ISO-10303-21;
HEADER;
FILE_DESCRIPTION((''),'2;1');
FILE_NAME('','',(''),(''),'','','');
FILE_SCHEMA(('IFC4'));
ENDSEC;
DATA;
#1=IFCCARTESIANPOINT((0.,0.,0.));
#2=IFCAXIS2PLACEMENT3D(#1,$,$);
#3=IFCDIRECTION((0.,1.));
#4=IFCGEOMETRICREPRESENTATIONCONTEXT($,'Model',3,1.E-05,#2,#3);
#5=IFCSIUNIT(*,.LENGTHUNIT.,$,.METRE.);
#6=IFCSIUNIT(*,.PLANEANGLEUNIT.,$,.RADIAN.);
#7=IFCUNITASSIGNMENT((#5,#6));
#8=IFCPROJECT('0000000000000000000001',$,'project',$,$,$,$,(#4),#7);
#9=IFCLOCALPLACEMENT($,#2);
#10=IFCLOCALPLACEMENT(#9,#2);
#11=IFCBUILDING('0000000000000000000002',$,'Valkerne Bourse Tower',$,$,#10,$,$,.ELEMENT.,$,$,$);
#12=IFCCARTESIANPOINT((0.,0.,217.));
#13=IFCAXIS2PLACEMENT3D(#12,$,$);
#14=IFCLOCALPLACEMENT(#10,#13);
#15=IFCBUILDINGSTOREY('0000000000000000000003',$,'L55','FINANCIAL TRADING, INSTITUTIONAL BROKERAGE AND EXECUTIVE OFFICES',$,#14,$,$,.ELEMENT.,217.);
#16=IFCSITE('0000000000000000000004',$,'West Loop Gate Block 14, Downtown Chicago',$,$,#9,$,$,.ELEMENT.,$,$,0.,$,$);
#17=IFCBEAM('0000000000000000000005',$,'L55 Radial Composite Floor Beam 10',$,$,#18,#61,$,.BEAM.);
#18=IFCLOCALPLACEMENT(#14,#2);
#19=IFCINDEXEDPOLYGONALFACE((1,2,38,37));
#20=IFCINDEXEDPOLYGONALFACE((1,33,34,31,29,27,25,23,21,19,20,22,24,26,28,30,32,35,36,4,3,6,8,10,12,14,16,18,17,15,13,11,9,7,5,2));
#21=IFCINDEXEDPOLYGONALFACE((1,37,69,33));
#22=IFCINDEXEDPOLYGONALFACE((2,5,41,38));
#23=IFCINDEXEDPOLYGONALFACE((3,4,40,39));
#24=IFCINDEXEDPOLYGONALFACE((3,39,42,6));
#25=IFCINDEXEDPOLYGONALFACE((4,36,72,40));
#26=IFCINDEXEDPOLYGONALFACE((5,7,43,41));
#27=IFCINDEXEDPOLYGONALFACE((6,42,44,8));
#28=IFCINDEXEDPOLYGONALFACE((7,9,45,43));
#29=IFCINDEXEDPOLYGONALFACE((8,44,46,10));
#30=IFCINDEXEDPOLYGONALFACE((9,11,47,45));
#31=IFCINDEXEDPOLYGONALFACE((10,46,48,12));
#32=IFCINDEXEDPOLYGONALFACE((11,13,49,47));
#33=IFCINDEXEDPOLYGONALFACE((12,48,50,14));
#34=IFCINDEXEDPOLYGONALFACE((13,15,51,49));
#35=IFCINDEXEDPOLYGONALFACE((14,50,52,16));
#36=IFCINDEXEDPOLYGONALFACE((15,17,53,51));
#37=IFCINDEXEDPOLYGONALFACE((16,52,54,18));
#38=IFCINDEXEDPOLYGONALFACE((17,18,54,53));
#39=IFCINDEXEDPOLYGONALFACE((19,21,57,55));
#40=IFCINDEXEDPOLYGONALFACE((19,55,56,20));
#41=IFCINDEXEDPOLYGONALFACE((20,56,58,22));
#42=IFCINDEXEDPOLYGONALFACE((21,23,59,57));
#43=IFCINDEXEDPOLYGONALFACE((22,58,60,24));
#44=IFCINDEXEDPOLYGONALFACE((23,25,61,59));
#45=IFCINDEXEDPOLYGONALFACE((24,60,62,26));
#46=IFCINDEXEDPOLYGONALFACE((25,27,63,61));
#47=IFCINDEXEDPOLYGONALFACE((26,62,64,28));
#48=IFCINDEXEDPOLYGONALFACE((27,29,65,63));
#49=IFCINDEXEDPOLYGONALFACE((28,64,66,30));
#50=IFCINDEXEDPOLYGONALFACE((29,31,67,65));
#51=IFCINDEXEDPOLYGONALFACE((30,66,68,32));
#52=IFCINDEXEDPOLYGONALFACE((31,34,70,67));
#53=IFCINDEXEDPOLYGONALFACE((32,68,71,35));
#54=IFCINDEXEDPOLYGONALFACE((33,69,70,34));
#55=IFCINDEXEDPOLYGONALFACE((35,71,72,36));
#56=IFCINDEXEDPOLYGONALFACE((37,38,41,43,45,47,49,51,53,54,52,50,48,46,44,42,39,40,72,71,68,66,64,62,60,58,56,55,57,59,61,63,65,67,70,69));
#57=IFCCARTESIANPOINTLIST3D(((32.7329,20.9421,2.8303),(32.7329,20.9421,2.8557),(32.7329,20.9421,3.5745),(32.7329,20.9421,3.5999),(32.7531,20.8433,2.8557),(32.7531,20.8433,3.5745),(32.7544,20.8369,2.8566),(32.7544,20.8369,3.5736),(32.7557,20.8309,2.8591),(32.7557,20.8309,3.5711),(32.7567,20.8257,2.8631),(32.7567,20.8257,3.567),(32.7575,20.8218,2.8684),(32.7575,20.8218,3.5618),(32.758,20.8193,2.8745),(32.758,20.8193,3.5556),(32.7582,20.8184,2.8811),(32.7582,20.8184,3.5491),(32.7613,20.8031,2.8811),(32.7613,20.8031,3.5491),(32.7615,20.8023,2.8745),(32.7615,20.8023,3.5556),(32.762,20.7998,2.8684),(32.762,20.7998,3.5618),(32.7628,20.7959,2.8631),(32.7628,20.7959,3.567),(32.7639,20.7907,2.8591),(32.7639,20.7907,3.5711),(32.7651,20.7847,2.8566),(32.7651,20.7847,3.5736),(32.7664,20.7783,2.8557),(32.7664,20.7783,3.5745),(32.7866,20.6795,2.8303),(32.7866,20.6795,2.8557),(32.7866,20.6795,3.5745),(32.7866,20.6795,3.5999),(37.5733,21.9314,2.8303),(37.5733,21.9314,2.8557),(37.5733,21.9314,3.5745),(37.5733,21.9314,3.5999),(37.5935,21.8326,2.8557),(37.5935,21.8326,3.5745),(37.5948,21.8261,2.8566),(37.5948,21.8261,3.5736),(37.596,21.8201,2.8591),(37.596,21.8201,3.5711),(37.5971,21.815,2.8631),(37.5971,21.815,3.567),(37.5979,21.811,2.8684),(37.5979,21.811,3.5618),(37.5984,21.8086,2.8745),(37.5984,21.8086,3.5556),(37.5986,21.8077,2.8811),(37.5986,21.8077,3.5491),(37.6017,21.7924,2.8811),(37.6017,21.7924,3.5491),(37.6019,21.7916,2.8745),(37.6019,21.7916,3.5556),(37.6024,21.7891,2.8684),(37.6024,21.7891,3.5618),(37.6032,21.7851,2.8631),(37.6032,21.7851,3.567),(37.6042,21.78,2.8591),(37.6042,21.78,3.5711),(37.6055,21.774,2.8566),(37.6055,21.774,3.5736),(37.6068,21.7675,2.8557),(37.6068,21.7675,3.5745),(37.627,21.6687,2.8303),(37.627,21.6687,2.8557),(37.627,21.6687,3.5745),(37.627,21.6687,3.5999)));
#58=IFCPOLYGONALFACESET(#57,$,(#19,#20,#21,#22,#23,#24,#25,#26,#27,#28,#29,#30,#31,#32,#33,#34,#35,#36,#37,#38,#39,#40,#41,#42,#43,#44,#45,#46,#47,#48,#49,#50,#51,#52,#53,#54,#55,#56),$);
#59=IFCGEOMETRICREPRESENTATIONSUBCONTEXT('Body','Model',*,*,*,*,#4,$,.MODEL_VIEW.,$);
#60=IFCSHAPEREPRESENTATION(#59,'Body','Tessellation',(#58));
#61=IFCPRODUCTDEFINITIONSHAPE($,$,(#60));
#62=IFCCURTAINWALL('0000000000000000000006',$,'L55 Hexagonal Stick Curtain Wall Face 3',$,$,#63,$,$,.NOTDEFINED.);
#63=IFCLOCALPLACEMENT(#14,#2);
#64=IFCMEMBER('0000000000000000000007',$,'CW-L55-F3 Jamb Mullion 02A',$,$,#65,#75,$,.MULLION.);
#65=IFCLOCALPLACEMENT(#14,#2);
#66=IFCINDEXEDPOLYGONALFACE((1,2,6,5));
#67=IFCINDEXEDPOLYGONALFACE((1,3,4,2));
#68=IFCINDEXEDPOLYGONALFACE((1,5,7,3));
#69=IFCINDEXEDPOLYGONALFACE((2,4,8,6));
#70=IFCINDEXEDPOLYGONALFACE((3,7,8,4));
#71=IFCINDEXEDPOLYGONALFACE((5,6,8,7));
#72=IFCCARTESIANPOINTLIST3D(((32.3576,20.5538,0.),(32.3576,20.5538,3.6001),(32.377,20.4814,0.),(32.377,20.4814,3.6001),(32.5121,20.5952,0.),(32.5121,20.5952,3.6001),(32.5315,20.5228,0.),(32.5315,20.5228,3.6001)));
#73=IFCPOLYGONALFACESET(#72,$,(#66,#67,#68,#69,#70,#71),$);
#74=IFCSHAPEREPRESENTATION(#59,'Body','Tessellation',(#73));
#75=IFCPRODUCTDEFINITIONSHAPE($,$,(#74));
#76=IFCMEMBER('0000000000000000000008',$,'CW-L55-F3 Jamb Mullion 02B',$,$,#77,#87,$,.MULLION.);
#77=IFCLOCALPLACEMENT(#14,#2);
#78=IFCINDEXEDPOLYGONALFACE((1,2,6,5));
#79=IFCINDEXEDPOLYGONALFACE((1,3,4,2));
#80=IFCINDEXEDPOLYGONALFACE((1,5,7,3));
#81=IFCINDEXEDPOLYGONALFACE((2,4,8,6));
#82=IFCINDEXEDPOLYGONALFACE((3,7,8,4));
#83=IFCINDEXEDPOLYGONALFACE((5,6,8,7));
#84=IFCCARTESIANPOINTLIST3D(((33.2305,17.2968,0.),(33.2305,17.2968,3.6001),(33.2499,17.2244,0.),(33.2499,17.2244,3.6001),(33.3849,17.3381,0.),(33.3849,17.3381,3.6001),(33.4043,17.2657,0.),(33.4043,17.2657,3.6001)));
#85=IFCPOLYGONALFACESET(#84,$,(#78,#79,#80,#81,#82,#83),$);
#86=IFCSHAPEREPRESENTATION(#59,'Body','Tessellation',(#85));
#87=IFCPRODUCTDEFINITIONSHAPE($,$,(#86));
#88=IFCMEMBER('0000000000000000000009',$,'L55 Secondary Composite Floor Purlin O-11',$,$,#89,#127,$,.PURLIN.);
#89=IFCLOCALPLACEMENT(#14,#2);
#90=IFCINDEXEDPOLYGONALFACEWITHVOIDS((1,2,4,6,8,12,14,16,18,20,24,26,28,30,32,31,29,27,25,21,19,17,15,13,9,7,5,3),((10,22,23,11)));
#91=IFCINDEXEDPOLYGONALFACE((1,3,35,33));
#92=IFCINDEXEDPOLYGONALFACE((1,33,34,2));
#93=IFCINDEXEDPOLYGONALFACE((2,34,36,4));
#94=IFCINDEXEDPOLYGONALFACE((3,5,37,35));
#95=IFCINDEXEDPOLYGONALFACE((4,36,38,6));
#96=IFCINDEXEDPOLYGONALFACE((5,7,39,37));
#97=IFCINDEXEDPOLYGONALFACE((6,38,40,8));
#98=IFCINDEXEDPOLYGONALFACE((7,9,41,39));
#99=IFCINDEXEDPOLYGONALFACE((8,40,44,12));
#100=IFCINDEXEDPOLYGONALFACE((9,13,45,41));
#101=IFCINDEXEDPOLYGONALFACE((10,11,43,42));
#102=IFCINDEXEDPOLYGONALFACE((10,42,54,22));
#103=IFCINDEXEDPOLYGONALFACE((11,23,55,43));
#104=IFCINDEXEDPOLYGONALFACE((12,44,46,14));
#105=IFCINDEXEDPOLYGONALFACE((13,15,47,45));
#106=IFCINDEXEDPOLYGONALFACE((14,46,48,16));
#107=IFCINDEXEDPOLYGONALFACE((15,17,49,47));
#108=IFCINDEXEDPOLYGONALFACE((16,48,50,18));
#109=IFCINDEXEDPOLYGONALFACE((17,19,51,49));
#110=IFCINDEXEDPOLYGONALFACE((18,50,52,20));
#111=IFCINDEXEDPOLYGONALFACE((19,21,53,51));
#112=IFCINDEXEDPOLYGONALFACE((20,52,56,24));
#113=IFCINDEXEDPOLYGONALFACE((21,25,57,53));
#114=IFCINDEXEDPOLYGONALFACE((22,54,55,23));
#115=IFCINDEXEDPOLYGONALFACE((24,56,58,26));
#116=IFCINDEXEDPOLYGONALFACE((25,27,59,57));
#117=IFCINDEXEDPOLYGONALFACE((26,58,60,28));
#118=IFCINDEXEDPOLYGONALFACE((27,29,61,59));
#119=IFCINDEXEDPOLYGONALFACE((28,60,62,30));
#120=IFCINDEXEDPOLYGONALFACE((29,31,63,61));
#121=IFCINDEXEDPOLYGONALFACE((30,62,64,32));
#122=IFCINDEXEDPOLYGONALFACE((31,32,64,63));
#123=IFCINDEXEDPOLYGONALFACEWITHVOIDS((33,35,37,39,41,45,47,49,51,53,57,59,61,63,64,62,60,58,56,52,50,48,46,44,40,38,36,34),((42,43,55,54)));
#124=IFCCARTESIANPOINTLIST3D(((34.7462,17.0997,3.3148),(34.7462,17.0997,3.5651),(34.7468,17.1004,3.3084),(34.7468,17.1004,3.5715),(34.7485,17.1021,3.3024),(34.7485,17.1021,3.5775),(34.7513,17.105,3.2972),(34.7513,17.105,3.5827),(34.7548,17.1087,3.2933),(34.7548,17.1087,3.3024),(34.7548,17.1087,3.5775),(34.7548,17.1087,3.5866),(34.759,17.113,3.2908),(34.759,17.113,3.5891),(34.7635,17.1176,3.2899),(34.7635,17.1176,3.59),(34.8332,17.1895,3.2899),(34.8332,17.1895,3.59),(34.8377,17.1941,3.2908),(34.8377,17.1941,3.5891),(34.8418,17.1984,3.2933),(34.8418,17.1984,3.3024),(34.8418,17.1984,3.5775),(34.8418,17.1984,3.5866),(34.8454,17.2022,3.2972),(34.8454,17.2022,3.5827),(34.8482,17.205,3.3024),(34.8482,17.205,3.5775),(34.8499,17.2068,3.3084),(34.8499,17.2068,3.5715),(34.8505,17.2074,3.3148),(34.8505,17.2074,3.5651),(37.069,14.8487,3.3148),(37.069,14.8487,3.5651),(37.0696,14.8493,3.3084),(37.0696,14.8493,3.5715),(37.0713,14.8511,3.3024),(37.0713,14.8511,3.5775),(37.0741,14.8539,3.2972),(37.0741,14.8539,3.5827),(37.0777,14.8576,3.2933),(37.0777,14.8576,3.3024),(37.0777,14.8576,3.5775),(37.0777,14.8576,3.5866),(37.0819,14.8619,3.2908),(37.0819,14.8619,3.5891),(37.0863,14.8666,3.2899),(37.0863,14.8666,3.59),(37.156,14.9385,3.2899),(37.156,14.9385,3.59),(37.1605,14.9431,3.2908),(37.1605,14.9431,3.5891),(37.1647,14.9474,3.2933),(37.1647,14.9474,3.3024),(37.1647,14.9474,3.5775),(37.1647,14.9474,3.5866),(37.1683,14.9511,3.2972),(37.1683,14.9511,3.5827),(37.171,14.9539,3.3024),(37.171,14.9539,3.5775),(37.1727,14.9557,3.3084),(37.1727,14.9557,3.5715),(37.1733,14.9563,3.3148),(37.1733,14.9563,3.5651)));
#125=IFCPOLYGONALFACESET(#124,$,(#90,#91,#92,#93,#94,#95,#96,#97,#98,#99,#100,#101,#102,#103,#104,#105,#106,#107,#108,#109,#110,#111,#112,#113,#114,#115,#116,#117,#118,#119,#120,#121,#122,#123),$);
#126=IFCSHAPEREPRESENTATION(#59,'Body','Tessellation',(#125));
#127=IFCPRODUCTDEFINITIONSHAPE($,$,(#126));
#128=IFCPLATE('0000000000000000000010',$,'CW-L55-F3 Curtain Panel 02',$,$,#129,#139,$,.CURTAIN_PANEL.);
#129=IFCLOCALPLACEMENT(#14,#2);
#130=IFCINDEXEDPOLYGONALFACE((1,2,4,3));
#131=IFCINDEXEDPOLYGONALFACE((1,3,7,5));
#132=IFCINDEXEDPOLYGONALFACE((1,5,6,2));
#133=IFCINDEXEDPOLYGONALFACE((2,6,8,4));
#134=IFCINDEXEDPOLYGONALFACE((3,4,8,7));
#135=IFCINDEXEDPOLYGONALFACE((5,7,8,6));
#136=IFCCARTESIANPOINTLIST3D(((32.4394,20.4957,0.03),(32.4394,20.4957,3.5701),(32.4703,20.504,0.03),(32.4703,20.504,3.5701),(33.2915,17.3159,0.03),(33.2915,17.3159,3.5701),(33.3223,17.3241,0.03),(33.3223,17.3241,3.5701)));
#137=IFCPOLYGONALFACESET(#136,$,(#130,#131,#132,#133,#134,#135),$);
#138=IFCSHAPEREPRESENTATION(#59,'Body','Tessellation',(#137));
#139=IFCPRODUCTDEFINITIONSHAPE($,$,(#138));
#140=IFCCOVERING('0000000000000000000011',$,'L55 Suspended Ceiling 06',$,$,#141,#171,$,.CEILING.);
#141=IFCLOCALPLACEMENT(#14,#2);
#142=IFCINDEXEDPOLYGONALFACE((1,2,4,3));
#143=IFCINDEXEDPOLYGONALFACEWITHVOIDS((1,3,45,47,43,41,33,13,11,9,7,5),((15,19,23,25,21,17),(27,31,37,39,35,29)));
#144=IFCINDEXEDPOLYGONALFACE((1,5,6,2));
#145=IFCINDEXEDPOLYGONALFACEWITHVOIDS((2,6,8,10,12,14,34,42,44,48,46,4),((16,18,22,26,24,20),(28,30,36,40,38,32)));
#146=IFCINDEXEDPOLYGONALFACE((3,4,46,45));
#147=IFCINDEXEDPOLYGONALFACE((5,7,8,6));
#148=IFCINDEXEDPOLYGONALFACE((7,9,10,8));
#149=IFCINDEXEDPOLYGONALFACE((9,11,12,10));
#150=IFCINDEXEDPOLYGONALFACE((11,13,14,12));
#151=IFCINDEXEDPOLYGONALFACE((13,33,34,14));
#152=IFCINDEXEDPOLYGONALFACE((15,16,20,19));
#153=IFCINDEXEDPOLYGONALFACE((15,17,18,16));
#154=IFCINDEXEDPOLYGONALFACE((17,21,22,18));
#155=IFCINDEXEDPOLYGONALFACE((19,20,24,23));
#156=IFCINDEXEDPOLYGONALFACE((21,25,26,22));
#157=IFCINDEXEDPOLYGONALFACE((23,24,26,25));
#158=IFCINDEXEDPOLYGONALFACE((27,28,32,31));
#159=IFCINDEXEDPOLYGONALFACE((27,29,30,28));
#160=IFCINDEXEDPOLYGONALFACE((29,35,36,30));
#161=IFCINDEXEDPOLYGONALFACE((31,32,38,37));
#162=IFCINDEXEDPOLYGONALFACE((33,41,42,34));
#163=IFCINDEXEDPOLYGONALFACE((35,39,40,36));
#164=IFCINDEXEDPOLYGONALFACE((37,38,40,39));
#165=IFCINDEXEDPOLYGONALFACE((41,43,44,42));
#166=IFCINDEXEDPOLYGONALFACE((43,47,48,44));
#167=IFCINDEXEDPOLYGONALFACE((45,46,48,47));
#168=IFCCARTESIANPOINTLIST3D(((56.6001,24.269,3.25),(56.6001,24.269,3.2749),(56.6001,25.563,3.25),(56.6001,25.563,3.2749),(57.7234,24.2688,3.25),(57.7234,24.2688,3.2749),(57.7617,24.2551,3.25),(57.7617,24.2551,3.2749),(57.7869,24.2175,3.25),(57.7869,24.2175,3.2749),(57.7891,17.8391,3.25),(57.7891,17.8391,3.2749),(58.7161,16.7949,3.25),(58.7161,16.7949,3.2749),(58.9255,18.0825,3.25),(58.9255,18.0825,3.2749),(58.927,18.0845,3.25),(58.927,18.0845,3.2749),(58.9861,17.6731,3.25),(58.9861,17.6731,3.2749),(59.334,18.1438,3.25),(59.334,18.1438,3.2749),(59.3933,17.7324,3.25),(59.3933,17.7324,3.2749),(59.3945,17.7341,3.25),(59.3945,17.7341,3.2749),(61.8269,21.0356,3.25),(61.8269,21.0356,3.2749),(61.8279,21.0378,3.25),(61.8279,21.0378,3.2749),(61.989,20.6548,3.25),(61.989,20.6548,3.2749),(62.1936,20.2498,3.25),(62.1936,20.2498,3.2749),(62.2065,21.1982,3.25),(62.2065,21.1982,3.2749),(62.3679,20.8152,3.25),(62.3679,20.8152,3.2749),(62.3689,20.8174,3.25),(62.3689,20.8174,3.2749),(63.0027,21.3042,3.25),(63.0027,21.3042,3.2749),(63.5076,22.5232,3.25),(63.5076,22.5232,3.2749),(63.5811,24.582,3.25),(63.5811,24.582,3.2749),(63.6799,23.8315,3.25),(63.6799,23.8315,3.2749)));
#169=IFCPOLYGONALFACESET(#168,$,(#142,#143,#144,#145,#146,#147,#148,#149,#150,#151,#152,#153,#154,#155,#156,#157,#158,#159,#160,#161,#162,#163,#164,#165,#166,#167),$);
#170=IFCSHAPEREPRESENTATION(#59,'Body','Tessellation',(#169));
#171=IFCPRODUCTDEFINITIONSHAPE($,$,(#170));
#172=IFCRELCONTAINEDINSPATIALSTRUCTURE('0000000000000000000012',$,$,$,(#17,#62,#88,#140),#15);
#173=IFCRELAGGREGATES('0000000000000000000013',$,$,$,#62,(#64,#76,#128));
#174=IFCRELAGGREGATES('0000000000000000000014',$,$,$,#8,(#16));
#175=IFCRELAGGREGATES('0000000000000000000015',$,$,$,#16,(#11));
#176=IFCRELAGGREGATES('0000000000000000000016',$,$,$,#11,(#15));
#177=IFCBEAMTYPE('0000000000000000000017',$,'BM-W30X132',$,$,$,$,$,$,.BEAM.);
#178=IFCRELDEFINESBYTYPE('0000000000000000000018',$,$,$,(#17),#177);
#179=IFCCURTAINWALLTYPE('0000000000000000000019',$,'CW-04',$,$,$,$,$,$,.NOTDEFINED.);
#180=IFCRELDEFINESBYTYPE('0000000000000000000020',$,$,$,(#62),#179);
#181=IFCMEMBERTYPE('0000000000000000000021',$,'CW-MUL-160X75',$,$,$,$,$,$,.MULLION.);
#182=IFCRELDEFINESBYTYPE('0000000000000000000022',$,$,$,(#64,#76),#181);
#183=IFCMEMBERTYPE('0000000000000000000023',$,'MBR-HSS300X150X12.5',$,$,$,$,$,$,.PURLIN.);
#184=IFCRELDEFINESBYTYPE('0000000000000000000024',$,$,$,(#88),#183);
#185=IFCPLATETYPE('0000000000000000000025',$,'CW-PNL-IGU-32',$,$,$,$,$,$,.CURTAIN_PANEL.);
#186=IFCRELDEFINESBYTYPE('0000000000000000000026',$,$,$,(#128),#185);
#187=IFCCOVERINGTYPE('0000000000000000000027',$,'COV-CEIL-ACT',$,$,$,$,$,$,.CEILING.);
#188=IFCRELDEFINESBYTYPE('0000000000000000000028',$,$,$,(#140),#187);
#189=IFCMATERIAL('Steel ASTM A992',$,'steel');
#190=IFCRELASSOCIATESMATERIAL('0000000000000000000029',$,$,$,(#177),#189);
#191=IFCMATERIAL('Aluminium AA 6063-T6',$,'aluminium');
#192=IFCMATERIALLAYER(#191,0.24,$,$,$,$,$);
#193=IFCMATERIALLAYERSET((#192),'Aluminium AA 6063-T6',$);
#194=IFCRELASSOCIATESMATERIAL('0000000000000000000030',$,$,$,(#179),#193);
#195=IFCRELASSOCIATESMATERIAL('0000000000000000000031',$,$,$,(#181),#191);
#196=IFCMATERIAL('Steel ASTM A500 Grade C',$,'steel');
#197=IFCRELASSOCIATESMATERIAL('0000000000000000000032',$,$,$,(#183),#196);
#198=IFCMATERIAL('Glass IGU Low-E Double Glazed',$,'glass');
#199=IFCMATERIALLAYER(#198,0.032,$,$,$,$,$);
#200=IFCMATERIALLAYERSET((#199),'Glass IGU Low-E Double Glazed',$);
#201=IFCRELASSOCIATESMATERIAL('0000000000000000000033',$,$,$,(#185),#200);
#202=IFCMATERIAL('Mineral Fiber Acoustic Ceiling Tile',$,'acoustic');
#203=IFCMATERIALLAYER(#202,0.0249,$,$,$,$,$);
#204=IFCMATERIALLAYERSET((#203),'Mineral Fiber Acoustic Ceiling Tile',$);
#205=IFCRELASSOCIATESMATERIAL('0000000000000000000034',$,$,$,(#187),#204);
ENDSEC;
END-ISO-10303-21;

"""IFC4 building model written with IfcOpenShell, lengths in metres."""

from ifc_helpers import new_model, si_unit, direction, frame, origin, origin_2d, place, context, subcontext, project, spatial, polyline, rectangle, hollow_rectangle, i_section, outline, extrude, material, layer, layer_set, material_profile, profile_set, type_object, element, aggregate, save


model = new_model("IFC4")

# Units and contexts
model_context = context("Model", 3, precision=1e-05, world=origin(), true_north=direction((0.0, 1.0)))
body_context = subcontext(model_context, "Body", "Model", "MODEL_VIEW")
ifc_project = project(units=[si_unit("LENGTHUNIT", "METRE"), si_unit("PLANEANGLEUNIT", "RADIAN")], contexts=[model_context])

# Site, building, storey
site_placement = place(None, origin())
site = spatial("IfcSite", under=ifc_project, at=site_placement, Name="West Loop Gate Block 14, Downtown Chicago", CompositionType="ELEMENT", RefElevation=0.0)
building_placement = place(site_placement, origin())
building = spatial("IfcBuilding", under=site, at=building_placement, Name="Valkerne Bourse Tower", CompositionType="ELEMENT")
storey_placement = place(building_placement, frame((0.0, 0.0, 217.0)))
storey = spatial("IfcBuildingStorey", under=building, at=storey_placement, Name="L55", Description="FINANCIAL TRADING, INSTITUTIONAL BROKERAGE AND EXECUTIVE OFFICES", CompositionType="ELEMENT", Elevation=217.0)

# Beam
ifc_material_1 = material(Name="Steel ASTM A992", Category="steel")
ifc_material_profile_1 = material_profile(ifc_material_1, i_section(OverallWidth=0.2681, OverallDepth=0.7695, WebThickness=0.0156, FlangeThickness=0.0254, FilletRadius=0.0254, at=origin_2d()), Name="W30X132")
ifc_profile_set_1 = profile_set([ifc_material_profile_1], Name="Steel ASTM A992")
beam_type_1 = type_object("IfcBeamType", Name="BM-W30X132", PredefinedType="BEAM", material=ifc_profile_set_1)
beam_1_placement = place(storey_placement, frame((32.7598, 20.8108, 3.2151), z_axis=(0.979747, 0.200239, 0.0), x_axis=(-0.200239, 0.979747, 0.0)))
element("IfcBeam", 1, at=beam_1_placement, inside=storey, type_object=beam_type_1, Name="L55 Radial Composite Floor Beam 10", PredefinedType="BEAM", context=body_context, shape_type="SweptSolid", body=[
    extrude(i_section(OverallWidth=0.2681, OverallDepth=0.7695, WebThickness=0.0156, FlangeThickness=0.0254, FilletRadius=0.0254, at=origin_2d()), origin(), (0.0, 0.0, 1.0), 4.9404),
])

# Curtain wall, members
ifc_material_2 = material(Name="Aluminium AA 6063-T6", Category="aluminium")
ifc_layer_1 = layer(ifc_material_2, 0.24)
ifc_layer_set_1 = layer_set([ifc_layer_1], Name="Aluminium AA 6063-T6")
curtain_wall_type = type_object("IfcCurtainWallType", Name="CW-04", PredefinedType="NOTDEFINED", material=ifc_layer_set_1)
curtain_wall_placement = place(storey_placement, origin())
curtain_wall = element("IfcCurtainWall", 2, at=curtain_wall_placement, inside=storey, type_object=curtain_wall_type, Name="L55 Hexagonal Stick Curtain Wall Face 3", PredefinedType="NOTDEFINED")
ifc_material_profile_2 = material_profile(ifc_material_2, rectangle(XDim=0.075, YDim=0.1599, at=origin_2d()), Name="CWM-75X160")
ifc_profile_set_2 = profile_set([ifc_material_profile_2], Name="Aluminium AA 6063-T6")
member_type_1 = type_object("IfcMemberType", Name="CW-MUL-160X75", PredefinedType="MULLION", material=ifc_profile_set_2)
member_1_placement = place(storey_placement, frame((32.4446, 20.5383, 0.0), z_axis=(0.0, 0.0, 1.0), x_axis=(0.258836, -0.965921, 0.0)))
member_1 = element("IfcMember", 3, at=member_1_placement, type_object=member_type_1, Name="CW-L55-F3 Jamb Mullion 02A", PredefinedType="MULLION", context=body_context, shape_type="SweptSolid", body=[
    extrude(rectangle(XDim=0.075, YDim=0.1599, at=origin_2d()), origin(), (0.0, 0.0, 1.0), 3.6001),
])
member_2_placement = place(storey_placement, frame((33.3174, 17.2812, 0.0), z_axis=(0.0, 0.0, 1.0), x_axis=(0.258836, -0.965921, 0.0)))
member_2 = element("IfcMember", 4, at=member_2_placement, type_object=member_type_1, Name="CW-L55-F3 Jamb Mullion 02B", PredefinedType="MULLION", context=body_context, shape_type="SweptSolid", body=[
    extrude(rectangle(XDim=0.075, YDim=0.1599, at=origin_2d()), origin(), (0.0, 0.0, 1.0), 3.6001),
])

# Member
ifc_material_3 = material(Name="Steel ASTM A500 Grade C", Category="steel")
ifc_material_profile_3 = material_profile(ifc_material_3, hollow_rectangle(XDim=0.1499, YDim=0.3, WallThickness=0.0125, OuterFilletRadius=0.0249, at=origin_2d()), Name="HSS300X150X12.5")
ifc_profile_set_3 = profile_set([ifc_material_profile_3], Name="Steel ASTM A500 Grade C")
member_type_2 = type_object("IfcMemberType", Name="MBR-HSS300X150X12.5", PredefinedType="PURLIN", material=ifc_profile_set_3)
member_3_placement = place(storey_placement, frame((34.7983, 17.1536, 3.4399), z_axis=(0.718115, -0.695924, 0.0), x_axis=(0.695924, 0.718115, 0.0)))
element("IfcMember", 5, at=member_3_placement, inside=storey, type_object=member_type_2, Name="L55 Secondary Composite Floor Purlin O-11", PredefinedType="PURLIN", context=body_context, shape_type="SweptSolid", body=[
    extrude(hollow_rectangle(XDim=0.1499, YDim=0.3, WallThickness=0.0125, OuterFilletRadius=0.0249, at=origin_2d()), origin(), (0.0, 0.0, 1.0), 3.2346),
])

# Plate
ifc_material_4 = material(Name="Glass IGU Low-E Double Glazed", Category="glass")
ifc_layer_2 = layer(ifc_material_4, 0.032)
ifc_layer_set_2 = layer_set([ifc_layer_2], Name="Glass IGU Low-E Double Glazed")
plate_type = type_object("IfcPlateType", Name="CW-PNL-IGU-32", PredefinedType="CURTAIN_PANEL", material=ifc_layer_set_2)
plate_placement = place(storey_placement, frame((32.8809, 18.9099, 0.03), z_axis=(0.0, 0.0, 1.0), x_axis=(0.258836, -0.965921, 0.0)))
plate = element("IfcPlate", 6, at=plate_placement, type_object=plate_type, Name="CW-L55-F3 Curtain Panel 02", PredefinedType="CURTAIN_PANEL", context=body_context, shape_type="SweptSolid", body=[
    extrude(rectangle(XDim=3.292, YDim=0.032, at=origin_2d()), origin(), (0.0, 0.0, 1.0), 3.54),
])
aggregate(curtain_wall, [member_1, member_2, plate])

# Covering
ifc_material_5 = material(Name="Mineral Fiber Acoustic Ceiling Tile", Category="acoustic")
ifc_layer_3 = layer(ifc_material_5, 0.0249)
ifc_layer_set_3 = layer_set([ifc_layer_3], Name="Mineral Fiber Acoustic Ceiling Tile")
covering_type_1 = type_object("IfcCoveringType", Name="COV-CEIL-ACT", PredefinedType="CEILING", material=ifc_layer_set_3)
covering_1_placement = place(storey_placement, frame((0.0, 0.0, 3.25)))
element("IfcCovering", 7, at=covering_1_placement, inside=storey, type_object=covering_type_1, Name="L55 Suspended Ceiling 06", PredefinedType="CEILING", context=body_context, shape_type="SweptSolid", body=[
    extrude(outline(polyline([(63.0027, 21.3042), (62.1936, 20.2498), (58.7161, 16.7949), (57.7891, 17.8391), (57.7869, 24.2175), (57.7617, 24.2551), (57.7234, 24.2688), (56.6001, 24.269), (56.6001, 25.563), (63.5811, 24.582), (63.6799, 23.8315), (63.5076, 22.5232), (63.0027, 21.3042)]), holes=[polyline([(59.3945, 17.7341), (59.334, 18.1438), (58.927, 18.0845), (58.9255, 18.0825), (58.9861, 17.6731), (59.3933, 17.7324), (59.3945, 17.7341)]), polyline([(62.3689, 20.8174), (62.2065, 21.1982), (61.8279, 21.0378), (61.8269, 21.0356), (61.989, 20.6548), (62.3679, 20.8152), (62.3689, 20.8174)])]), origin(), (0.0, 0.0, 1.0), 0.0249),
])

save(model, "model.ifc")
